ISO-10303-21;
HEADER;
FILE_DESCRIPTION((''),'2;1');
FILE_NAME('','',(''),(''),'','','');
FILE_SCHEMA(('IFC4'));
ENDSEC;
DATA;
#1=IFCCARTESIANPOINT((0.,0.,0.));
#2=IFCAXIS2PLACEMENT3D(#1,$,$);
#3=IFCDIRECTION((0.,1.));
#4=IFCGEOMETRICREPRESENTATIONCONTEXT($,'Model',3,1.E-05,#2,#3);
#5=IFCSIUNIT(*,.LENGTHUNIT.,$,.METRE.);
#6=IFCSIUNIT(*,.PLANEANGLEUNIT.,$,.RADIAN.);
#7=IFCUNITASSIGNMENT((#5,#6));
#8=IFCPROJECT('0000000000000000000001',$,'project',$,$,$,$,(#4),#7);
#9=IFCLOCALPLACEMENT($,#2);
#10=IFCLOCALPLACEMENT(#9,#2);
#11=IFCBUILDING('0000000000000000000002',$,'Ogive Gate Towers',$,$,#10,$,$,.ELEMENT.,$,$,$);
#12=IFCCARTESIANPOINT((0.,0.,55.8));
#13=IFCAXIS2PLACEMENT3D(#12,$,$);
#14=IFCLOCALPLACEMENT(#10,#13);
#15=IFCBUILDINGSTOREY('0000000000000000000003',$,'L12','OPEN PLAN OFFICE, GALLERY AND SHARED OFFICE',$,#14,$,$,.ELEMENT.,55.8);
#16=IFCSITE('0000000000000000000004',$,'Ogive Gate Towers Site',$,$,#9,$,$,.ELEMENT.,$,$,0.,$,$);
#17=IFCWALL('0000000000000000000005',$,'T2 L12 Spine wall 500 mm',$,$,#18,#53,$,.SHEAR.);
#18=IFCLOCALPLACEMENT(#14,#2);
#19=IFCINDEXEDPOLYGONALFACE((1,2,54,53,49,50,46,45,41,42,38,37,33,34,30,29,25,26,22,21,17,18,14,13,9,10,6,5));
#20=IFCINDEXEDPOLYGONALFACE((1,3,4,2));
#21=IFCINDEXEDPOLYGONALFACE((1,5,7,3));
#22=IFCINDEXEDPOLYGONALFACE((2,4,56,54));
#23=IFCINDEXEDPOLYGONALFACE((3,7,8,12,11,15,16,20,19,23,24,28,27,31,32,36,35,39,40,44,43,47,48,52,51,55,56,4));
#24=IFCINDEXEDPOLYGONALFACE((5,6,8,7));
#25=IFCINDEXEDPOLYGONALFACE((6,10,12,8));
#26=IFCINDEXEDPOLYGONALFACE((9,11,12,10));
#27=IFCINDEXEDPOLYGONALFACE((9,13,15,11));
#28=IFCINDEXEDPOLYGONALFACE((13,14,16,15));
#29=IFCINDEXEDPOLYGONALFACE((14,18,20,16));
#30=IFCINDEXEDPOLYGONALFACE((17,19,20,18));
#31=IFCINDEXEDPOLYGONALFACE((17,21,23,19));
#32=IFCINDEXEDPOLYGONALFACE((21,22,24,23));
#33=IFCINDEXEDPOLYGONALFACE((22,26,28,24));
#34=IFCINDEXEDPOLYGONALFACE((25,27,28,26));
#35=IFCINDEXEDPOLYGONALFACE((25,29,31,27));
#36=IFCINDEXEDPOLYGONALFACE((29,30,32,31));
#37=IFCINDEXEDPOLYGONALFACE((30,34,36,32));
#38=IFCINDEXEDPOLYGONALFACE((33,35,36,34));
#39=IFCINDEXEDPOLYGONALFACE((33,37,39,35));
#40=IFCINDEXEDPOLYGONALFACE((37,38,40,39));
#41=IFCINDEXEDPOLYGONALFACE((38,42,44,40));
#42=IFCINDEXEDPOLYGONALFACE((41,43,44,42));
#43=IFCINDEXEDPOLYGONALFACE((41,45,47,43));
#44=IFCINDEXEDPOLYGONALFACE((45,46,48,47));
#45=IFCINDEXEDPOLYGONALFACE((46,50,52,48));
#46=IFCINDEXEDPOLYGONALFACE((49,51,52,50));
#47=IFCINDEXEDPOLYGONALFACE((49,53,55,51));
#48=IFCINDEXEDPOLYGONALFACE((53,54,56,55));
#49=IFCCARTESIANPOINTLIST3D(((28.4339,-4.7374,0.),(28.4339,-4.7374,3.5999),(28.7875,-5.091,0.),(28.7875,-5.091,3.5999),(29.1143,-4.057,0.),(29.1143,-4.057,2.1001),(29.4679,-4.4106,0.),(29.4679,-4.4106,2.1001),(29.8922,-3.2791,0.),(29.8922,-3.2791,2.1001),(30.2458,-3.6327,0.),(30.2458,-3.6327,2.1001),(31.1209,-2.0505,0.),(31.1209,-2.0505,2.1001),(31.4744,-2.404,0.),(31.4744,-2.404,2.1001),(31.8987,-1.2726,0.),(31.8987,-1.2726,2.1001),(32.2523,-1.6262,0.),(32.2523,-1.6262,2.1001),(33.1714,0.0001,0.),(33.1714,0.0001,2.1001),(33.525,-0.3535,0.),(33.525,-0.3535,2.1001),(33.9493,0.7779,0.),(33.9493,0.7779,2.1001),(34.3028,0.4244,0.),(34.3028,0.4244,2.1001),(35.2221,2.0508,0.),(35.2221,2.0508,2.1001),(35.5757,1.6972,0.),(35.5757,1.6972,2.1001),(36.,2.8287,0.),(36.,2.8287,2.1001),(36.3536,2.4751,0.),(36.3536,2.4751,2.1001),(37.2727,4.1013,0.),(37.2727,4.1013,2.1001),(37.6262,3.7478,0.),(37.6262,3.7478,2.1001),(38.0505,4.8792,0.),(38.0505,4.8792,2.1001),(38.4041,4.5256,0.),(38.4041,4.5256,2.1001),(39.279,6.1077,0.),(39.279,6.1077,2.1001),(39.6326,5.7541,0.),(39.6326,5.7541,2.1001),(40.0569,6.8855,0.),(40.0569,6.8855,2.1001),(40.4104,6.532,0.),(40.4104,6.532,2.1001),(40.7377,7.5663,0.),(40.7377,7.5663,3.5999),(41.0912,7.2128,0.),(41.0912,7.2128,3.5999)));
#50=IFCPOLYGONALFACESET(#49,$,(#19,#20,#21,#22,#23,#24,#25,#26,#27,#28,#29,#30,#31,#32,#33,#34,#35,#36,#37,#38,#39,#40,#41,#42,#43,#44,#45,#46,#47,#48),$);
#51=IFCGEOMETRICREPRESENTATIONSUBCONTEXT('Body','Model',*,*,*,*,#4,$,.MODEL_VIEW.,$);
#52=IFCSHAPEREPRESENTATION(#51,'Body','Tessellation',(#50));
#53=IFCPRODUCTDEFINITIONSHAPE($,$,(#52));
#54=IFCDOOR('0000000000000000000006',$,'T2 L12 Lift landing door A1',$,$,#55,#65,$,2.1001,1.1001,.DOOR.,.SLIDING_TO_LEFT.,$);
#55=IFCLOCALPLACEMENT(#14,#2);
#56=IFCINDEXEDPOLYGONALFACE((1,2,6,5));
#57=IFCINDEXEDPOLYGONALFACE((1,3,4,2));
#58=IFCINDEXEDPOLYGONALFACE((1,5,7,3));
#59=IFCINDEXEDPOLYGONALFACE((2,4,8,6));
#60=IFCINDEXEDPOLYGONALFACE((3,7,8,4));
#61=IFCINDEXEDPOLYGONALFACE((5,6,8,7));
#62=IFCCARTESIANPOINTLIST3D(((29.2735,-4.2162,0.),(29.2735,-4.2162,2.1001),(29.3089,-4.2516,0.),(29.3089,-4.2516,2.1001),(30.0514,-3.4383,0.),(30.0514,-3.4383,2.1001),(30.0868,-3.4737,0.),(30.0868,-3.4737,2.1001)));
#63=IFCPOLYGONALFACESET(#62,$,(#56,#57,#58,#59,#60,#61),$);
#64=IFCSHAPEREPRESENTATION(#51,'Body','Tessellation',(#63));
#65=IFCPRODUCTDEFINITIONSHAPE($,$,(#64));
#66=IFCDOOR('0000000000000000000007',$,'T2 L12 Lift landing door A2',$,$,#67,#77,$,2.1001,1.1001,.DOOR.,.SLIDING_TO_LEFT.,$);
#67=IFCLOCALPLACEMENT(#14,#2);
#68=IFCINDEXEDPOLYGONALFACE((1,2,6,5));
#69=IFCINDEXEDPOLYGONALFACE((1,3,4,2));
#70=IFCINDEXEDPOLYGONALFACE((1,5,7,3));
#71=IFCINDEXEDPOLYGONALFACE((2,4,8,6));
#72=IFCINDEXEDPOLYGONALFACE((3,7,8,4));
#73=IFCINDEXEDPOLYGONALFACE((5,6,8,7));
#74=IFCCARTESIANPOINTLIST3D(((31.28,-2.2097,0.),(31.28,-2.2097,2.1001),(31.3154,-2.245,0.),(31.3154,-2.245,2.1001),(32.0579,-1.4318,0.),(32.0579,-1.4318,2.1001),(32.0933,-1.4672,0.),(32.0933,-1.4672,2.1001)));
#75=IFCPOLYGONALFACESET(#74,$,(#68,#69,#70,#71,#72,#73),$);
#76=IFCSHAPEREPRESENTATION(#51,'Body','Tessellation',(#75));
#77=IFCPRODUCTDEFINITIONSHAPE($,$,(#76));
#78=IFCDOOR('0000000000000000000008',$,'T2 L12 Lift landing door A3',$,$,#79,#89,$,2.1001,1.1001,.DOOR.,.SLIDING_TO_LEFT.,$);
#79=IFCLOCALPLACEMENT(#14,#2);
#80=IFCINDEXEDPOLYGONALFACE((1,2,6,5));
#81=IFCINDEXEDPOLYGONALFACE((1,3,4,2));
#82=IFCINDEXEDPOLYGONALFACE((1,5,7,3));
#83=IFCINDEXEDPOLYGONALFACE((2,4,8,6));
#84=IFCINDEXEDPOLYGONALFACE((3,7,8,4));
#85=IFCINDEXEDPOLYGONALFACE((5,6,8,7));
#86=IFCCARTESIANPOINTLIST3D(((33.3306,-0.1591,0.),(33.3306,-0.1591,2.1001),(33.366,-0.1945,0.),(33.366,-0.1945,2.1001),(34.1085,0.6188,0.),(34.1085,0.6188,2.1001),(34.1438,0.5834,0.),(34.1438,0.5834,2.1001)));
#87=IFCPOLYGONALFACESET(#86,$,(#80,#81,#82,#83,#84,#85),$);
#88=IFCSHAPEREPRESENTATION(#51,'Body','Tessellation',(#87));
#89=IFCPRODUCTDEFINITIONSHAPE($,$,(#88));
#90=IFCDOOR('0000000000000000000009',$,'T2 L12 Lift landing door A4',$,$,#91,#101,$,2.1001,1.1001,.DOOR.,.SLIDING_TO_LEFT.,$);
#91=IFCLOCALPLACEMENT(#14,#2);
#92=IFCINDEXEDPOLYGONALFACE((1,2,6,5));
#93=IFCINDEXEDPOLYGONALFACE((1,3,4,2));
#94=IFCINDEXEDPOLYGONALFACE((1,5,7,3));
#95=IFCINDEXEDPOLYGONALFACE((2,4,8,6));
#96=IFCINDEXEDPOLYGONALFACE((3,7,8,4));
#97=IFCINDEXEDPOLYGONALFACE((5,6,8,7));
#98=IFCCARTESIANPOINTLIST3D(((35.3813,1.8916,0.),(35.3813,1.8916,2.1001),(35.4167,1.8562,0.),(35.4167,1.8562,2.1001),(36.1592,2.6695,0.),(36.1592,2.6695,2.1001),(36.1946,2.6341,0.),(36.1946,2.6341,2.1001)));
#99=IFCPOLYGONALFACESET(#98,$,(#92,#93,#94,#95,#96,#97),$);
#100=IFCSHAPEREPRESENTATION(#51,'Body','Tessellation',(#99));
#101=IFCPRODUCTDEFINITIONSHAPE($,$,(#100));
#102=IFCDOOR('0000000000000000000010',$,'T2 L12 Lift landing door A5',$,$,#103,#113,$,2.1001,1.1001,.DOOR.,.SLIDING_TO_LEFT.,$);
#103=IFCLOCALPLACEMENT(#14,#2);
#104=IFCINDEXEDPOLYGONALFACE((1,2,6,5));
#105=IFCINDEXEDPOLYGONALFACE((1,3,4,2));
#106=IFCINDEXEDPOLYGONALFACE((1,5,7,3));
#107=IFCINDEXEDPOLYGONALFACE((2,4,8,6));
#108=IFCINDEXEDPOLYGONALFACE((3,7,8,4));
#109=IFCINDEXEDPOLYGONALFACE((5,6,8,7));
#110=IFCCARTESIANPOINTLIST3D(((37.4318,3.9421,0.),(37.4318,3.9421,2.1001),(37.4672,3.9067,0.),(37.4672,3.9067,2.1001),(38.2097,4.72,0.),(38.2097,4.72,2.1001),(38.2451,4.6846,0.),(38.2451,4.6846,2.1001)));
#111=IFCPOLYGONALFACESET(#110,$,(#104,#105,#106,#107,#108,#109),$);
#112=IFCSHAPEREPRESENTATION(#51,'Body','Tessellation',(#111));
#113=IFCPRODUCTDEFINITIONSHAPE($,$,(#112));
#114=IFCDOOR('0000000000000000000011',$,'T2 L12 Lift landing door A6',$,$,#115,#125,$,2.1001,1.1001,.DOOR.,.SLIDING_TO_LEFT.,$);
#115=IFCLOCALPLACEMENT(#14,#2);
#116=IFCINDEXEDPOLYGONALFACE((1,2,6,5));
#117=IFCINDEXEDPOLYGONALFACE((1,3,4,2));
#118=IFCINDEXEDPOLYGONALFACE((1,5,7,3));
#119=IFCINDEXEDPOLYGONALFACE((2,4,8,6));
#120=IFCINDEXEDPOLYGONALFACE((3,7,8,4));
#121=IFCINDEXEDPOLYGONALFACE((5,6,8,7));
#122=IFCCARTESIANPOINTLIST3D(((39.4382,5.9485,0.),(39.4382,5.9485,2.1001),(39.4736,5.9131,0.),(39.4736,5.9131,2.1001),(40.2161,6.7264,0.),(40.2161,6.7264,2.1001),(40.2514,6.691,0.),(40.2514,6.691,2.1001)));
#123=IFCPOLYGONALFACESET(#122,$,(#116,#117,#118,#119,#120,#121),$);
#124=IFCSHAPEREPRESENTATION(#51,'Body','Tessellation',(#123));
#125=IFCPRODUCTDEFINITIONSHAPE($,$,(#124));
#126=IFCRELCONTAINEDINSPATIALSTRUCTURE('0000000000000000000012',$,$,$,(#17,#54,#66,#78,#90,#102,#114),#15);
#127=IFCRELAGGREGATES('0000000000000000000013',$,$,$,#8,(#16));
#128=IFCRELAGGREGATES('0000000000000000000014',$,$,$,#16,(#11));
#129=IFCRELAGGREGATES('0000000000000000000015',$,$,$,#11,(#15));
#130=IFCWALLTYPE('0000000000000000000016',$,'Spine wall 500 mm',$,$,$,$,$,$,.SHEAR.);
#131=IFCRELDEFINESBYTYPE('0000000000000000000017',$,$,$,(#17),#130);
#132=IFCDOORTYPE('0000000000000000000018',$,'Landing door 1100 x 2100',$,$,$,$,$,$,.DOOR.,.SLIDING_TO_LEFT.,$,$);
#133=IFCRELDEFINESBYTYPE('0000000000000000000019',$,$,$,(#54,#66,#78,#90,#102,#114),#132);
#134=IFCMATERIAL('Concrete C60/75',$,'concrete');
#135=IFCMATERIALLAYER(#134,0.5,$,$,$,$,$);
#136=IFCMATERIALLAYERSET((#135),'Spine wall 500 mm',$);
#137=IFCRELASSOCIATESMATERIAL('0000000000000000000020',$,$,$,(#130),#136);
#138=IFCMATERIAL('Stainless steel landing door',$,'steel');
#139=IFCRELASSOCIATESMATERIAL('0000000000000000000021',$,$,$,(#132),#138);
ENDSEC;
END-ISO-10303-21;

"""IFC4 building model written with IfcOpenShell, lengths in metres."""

from ifc_helpers import new_model, si_unit, direction, frame, frame_2d, origin, place, context, subcontext, project, spatial, rectangle, extrude, material, layer, layer_set, type_object, element, fill, save


model = new_model("IFC4")

# Units and contexts
model_context = context("Model", 3, precision=1e-05, world=origin(), true_north=direction((0.0, 1.0)))
body_context = subcontext(model_context, "Body", "Model", "MODEL_VIEW")
ifc_project = project(units=[si_unit("LENGTHUNIT", "METRE"), si_unit("PLANEANGLEUNIT", "RADIAN")], contexts=[model_context])

# Site, building, storey
site_placement = place(None, origin())
site = spatial("IfcSite", under=ifc_project, at=site_placement, Name="Ogive Gate Towers Site", CompositionType="ELEMENT", RefElevation=0.0)
building_placement = place(site_placement, origin())
building = spatial("IfcBuilding", under=site, at=building_placement, Name="Ogive Gate Towers", CompositionType="ELEMENT")
storey_placement = place(building_placement, frame((0.0, 0.0, 55.8)))
storey = spatial("IfcBuildingStorey", under=building, at=storey_placement, Name="L12", Description="OPEN PLAN OFFICE, GALLERY AND SHARED OFFICE", CompositionType="ELEMENT", Elevation=55.8)

# Shared definitions
ifc_material_1 = material(Name="Concrete C60/75", Category="concrete")

# Wall, openings, doors
ifc_layer_1 = layer(ifc_material_1, 0.5)
ifc_layer_set_1 = layer_set([ifc_layer_1], Name="Spine wall 500 mm")
wall_type_1 = type_object("IfcWallType", Name="Spine wall 500 mm", PredefinedType="SHEAR", material=ifc_layer_set_1)
ifc_material_2 = material(Name="Stainless steel landing door", Category="steel")
wall_1_placement = place(storey_placement, frame((28.6106, -4.9143, 0.0), z_axis=(0.0, 0.0, 1.0), x_axis=(0.707107, 0.707107, 0.0)))
wall_1 = element("IfcWall", 1, at=wall_1_placement, inside=storey, type_object=wall_type_1, Name="T2 L12 Spine wall 500 mm", PredefinedType="SHEAR", context=body_context, shape_type="SweptSolid", body=[
    extrude(rectangle(XDim=17.4001, YDim=0.5, at=frame_2d((8.7002, 0.0))), origin(), (0.0, 0.0, 1.0), 3.5999),
])
opening_1_placement = place(wall_1_placement, frame((0.9624, 0.0, 0.0)))
opening_1 = element("IfcOpeningElement", 2, at=opening_1_placement, cuts=wall_1, PredefinedType="OPENING", context=body_context, shape_type="SweptSolid", body=[
    extrude(rectangle(XDim=1.1001, YDim=2.1001, at=frame_2d((0.55, 1.05))), frame((0.0, 0.26, 0.0), z_axis=(0.0, -1.0, 0.0), x_axis=(1.0, 0.0, 0.0)), (0.0, 0.0, 1.0), 0.52),
])
opening_2_placement = place(wall_1_placement, frame((3.8, 0.0, 0.0)))
opening_2 = element("IfcOpeningElement", 3, at=opening_2_placement, cuts=wall_1, PredefinedType="OPENING", context=body_context, shape_type="SweptSolid", body=[
    extrude(rectangle(XDim=1.1001, YDim=2.1001, at=frame_2d((0.55, 1.05))), frame((0.0, 0.26, 0.0), z_axis=(0.0, -1.0, 0.0), x_axis=(1.0, 0.0, 0.0)), (0.0, 0.0, 1.0), 0.52),
])
opening_3_placement = place(wall_1_placement, frame((6.7, 0.0, 0.0)))
opening_3 = element("IfcOpeningElement", 4, at=opening_3_placement, cuts=wall_1, PredefinedType="OPENING", context=body_context, shape_type="SweptSolid", body=[
    extrude(rectangle(XDim=1.1001, YDim=2.1001, at=frame_2d((0.55, 1.05))), frame((0.0, 0.26, 0.0), z_axis=(0.0, -1.0, 0.0), x_axis=(1.0, 0.0, 0.0)), (0.0, 0.0, 1.0), 0.52),
])
opening_4_placement = place(wall_1_placement, frame((9.6001, 0.0, 0.0)))
opening_4 = element("IfcOpeningElement", 5, at=opening_4_placement, cuts=wall_1, PredefinedType="OPENING", context=body_context, shape_type="SweptSolid", body=[
    extrude(rectangle(XDim=1.1001, YDim=2.1001, at=frame_2d((0.55, 1.05))), frame((0.0, 0.26, 0.0), z_axis=(0.0, -1.0, 0.0), x_axis=(1.0, 0.0, 0.0)), (0.0, 0.0, 1.0), 0.52),
])
opening_5_placement = place(wall_1_placement, frame((12.5, 0.0, 0.0)))
opening_5 = element("IfcOpeningElement", 6, at=opening_5_placement, cuts=wall_1, PredefinedType="OPENING", context=body_context, shape_type="SweptSolid", body=[
    extrude(rectangle(XDim=1.1001, YDim=2.1001, at=frame_2d((0.55, 1.05))), frame((0.0, 0.26, 0.0), z_axis=(0.0, -1.0, 0.0), x_axis=(1.0, 0.0, 0.0)), (0.0, 0.0, 1.0), 0.52),
])
opening_6_placement = place(wall_1_placement, frame((15.3374, 0.0, 0.0)))
opening_6 = element("IfcOpeningElement", 7, at=opening_6_placement, cuts=wall_1, PredefinedType="OPENING", context=body_context, shape_type="SweptSolid", body=[
    extrude(rectangle(XDim=1.1001, YDim=2.1001, at=frame_2d((0.55, 1.05))), frame((0.0, 0.26, 0.0), z_axis=(0.0, -1.0, 0.0), x_axis=(1.0, 0.0, 0.0)), (0.0, 0.0, 1.0), 0.52),
])
door_type_1 = type_object("IfcDoorType", Name="Landing door 1100 x 2100", OperationType="SLIDING_TO_LEFT", PredefinedType="DOOR", material=ifc_material_2)
door_1_placement = place(opening_1_placement, origin())
door_1 = element("IfcDoor", 8, at=door_1_placement, inside=storey, type_object=door_type_1, Name="T2 L12 Lift landing door A1", OperationType="SLIDING_TO_LEFT", OverallHeight=2.1001, OverallWidth=1.1001, PredefinedType="DOOR", context=body_context, shape_type="SweptSolid", body=[
    extrude(rectangle(XDim=1.1001, YDim=2.1001, at=frame_2d((0.55, 1.05))), frame((0.0, 0.0249, 0.0), z_axis=(0.0, -1.0, 0.0), x_axis=(1.0, 0.0, 0.0)), (0.0, 0.0, 1.0), 0.05),
])
fill(opening_1, door_1)
door_2_placement = place(opening_2_placement, origin())
door_2 = element("IfcDoor", 9, at=door_2_placement, inside=storey, type_object=door_type_1, Name="T2 L12 Lift landing door A2", OperationType="SLIDING_TO_LEFT", OverallHeight=2.1001, OverallWidth=1.1001, PredefinedType="DOOR", context=body_context, shape_type="SweptSolid", body=[
    extrude(rectangle(XDim=1.1001, YDim=2.1001, at=frame_2d((0.55, 1.05))), frame((0.0, 0.0249, 0.0), z_axis=(0.0, -1.0, 0.0), x_axis=(1.0, 0.0, 0.0)), (0.0, 0.0, 1.0), 0.05),
])
fill(opening_2, door_2)
door_3_placement = place(opening_3_placement, origin())
door_3 = element("IfcDoor", 10, at=door_3_placement, inside=storey, type_object=door_type_1, Name="T2 L12 Lift landing door A3", OperationType="SLIDING_TO_LEFT", OverallHeight=2.1001, OverallWidth=1.1001, PredefinedType="DOOR", context=body_context, shape_type="SweptSolid", body=[
    extrude(rectangle(XDim=1.1001, YDim=2.1001, at=frame_2d((0.55, 1.05))), frame((0.0, 0.0249, 0.0), z_axis=(0.0, -1.0, 0.0), x_axis=(1.0, 0.0, 0.0)), (0.0, 0.0, 1.0), 0.05),
])
fill(opening_3, door_3)
door_4_placement = place(opening_4_placement, origin())
door_4 = element("IfcDoor", 11, at=door_4_placement, inside=storey, type_object=door_type_1, Name="T2 L12 Lift landing door A4", OperationType="SLIDING_TO_LEFT", OverallHeight=2.1001, OverallWidth=1.1001, PredefinedType="DOOR", context=body_context, shape_type="SweptSolid", body=[
    extrude(rectangle(XDim=1.1001, YDim=2.1001, at=frame_2d((0.55, 1.05))), frame((0.0, 0.0249, 0.0), z_axis=(0.0, -1.0, 0.0), x_axis=(1.0, 0.0, 0.0)), (0.0, 0.0, 1.0), 0.05),
])
fill(opening_4, door_4)
door_5_placement = place(opening_5_placement, origin())
door_5 = element("IfcDoor", 12, at=door_5_placement, inside=storey, type_object=door_type_1, Name="T2 L12 Lift landing door A5", OperationType="SLIDING_TO_LEFT", OverallHeight=2.1001, OverallWidth=1.1001, PredefinedType="DOOR", context=body_context, shape_type="SweptSolid", body=[
    extrude(rectangle(XDim=1.1001, YDim=2.1001, at=frame_2d((0.55, 1.05))), frame((0.0, 0.0249, 0.0), z_axis=(0.0, -1.0, 0.0), x_axis=(1.0, 0.0, 0.0)), (0.0, 0.0, 1.0), 0.05),
])
fill(opening_5, door_5)
door_6_placement = place(opening_6_placement, origin())
door_6 = element("IfcDoor", 13, at=door_6_placement, inside=storey, type_object=door_type_1, Name="T2 L12 Lift landing door A6", OperationType="SLIDING_TO_LEFT", OverallHeight=2.1001, OverallWidth=1.1001, PredefinedType="DOOR", context=body_context, shape_type="SweptSolid", body=[
    extrude(rectangle(XDim=1.1001, YDim=2.1001, at=frame_2d((0.55, 1.05))), frame((0.0, 0.0249, 0.0), z_axis=(0.0, -1.0, 0.0), x_axis=(1.0, 0.0, 0.0)), (0.0, 0.0, 1.0), 0.05),
])
fill(opening_6, door_6)

save(model, "model.ifc")
